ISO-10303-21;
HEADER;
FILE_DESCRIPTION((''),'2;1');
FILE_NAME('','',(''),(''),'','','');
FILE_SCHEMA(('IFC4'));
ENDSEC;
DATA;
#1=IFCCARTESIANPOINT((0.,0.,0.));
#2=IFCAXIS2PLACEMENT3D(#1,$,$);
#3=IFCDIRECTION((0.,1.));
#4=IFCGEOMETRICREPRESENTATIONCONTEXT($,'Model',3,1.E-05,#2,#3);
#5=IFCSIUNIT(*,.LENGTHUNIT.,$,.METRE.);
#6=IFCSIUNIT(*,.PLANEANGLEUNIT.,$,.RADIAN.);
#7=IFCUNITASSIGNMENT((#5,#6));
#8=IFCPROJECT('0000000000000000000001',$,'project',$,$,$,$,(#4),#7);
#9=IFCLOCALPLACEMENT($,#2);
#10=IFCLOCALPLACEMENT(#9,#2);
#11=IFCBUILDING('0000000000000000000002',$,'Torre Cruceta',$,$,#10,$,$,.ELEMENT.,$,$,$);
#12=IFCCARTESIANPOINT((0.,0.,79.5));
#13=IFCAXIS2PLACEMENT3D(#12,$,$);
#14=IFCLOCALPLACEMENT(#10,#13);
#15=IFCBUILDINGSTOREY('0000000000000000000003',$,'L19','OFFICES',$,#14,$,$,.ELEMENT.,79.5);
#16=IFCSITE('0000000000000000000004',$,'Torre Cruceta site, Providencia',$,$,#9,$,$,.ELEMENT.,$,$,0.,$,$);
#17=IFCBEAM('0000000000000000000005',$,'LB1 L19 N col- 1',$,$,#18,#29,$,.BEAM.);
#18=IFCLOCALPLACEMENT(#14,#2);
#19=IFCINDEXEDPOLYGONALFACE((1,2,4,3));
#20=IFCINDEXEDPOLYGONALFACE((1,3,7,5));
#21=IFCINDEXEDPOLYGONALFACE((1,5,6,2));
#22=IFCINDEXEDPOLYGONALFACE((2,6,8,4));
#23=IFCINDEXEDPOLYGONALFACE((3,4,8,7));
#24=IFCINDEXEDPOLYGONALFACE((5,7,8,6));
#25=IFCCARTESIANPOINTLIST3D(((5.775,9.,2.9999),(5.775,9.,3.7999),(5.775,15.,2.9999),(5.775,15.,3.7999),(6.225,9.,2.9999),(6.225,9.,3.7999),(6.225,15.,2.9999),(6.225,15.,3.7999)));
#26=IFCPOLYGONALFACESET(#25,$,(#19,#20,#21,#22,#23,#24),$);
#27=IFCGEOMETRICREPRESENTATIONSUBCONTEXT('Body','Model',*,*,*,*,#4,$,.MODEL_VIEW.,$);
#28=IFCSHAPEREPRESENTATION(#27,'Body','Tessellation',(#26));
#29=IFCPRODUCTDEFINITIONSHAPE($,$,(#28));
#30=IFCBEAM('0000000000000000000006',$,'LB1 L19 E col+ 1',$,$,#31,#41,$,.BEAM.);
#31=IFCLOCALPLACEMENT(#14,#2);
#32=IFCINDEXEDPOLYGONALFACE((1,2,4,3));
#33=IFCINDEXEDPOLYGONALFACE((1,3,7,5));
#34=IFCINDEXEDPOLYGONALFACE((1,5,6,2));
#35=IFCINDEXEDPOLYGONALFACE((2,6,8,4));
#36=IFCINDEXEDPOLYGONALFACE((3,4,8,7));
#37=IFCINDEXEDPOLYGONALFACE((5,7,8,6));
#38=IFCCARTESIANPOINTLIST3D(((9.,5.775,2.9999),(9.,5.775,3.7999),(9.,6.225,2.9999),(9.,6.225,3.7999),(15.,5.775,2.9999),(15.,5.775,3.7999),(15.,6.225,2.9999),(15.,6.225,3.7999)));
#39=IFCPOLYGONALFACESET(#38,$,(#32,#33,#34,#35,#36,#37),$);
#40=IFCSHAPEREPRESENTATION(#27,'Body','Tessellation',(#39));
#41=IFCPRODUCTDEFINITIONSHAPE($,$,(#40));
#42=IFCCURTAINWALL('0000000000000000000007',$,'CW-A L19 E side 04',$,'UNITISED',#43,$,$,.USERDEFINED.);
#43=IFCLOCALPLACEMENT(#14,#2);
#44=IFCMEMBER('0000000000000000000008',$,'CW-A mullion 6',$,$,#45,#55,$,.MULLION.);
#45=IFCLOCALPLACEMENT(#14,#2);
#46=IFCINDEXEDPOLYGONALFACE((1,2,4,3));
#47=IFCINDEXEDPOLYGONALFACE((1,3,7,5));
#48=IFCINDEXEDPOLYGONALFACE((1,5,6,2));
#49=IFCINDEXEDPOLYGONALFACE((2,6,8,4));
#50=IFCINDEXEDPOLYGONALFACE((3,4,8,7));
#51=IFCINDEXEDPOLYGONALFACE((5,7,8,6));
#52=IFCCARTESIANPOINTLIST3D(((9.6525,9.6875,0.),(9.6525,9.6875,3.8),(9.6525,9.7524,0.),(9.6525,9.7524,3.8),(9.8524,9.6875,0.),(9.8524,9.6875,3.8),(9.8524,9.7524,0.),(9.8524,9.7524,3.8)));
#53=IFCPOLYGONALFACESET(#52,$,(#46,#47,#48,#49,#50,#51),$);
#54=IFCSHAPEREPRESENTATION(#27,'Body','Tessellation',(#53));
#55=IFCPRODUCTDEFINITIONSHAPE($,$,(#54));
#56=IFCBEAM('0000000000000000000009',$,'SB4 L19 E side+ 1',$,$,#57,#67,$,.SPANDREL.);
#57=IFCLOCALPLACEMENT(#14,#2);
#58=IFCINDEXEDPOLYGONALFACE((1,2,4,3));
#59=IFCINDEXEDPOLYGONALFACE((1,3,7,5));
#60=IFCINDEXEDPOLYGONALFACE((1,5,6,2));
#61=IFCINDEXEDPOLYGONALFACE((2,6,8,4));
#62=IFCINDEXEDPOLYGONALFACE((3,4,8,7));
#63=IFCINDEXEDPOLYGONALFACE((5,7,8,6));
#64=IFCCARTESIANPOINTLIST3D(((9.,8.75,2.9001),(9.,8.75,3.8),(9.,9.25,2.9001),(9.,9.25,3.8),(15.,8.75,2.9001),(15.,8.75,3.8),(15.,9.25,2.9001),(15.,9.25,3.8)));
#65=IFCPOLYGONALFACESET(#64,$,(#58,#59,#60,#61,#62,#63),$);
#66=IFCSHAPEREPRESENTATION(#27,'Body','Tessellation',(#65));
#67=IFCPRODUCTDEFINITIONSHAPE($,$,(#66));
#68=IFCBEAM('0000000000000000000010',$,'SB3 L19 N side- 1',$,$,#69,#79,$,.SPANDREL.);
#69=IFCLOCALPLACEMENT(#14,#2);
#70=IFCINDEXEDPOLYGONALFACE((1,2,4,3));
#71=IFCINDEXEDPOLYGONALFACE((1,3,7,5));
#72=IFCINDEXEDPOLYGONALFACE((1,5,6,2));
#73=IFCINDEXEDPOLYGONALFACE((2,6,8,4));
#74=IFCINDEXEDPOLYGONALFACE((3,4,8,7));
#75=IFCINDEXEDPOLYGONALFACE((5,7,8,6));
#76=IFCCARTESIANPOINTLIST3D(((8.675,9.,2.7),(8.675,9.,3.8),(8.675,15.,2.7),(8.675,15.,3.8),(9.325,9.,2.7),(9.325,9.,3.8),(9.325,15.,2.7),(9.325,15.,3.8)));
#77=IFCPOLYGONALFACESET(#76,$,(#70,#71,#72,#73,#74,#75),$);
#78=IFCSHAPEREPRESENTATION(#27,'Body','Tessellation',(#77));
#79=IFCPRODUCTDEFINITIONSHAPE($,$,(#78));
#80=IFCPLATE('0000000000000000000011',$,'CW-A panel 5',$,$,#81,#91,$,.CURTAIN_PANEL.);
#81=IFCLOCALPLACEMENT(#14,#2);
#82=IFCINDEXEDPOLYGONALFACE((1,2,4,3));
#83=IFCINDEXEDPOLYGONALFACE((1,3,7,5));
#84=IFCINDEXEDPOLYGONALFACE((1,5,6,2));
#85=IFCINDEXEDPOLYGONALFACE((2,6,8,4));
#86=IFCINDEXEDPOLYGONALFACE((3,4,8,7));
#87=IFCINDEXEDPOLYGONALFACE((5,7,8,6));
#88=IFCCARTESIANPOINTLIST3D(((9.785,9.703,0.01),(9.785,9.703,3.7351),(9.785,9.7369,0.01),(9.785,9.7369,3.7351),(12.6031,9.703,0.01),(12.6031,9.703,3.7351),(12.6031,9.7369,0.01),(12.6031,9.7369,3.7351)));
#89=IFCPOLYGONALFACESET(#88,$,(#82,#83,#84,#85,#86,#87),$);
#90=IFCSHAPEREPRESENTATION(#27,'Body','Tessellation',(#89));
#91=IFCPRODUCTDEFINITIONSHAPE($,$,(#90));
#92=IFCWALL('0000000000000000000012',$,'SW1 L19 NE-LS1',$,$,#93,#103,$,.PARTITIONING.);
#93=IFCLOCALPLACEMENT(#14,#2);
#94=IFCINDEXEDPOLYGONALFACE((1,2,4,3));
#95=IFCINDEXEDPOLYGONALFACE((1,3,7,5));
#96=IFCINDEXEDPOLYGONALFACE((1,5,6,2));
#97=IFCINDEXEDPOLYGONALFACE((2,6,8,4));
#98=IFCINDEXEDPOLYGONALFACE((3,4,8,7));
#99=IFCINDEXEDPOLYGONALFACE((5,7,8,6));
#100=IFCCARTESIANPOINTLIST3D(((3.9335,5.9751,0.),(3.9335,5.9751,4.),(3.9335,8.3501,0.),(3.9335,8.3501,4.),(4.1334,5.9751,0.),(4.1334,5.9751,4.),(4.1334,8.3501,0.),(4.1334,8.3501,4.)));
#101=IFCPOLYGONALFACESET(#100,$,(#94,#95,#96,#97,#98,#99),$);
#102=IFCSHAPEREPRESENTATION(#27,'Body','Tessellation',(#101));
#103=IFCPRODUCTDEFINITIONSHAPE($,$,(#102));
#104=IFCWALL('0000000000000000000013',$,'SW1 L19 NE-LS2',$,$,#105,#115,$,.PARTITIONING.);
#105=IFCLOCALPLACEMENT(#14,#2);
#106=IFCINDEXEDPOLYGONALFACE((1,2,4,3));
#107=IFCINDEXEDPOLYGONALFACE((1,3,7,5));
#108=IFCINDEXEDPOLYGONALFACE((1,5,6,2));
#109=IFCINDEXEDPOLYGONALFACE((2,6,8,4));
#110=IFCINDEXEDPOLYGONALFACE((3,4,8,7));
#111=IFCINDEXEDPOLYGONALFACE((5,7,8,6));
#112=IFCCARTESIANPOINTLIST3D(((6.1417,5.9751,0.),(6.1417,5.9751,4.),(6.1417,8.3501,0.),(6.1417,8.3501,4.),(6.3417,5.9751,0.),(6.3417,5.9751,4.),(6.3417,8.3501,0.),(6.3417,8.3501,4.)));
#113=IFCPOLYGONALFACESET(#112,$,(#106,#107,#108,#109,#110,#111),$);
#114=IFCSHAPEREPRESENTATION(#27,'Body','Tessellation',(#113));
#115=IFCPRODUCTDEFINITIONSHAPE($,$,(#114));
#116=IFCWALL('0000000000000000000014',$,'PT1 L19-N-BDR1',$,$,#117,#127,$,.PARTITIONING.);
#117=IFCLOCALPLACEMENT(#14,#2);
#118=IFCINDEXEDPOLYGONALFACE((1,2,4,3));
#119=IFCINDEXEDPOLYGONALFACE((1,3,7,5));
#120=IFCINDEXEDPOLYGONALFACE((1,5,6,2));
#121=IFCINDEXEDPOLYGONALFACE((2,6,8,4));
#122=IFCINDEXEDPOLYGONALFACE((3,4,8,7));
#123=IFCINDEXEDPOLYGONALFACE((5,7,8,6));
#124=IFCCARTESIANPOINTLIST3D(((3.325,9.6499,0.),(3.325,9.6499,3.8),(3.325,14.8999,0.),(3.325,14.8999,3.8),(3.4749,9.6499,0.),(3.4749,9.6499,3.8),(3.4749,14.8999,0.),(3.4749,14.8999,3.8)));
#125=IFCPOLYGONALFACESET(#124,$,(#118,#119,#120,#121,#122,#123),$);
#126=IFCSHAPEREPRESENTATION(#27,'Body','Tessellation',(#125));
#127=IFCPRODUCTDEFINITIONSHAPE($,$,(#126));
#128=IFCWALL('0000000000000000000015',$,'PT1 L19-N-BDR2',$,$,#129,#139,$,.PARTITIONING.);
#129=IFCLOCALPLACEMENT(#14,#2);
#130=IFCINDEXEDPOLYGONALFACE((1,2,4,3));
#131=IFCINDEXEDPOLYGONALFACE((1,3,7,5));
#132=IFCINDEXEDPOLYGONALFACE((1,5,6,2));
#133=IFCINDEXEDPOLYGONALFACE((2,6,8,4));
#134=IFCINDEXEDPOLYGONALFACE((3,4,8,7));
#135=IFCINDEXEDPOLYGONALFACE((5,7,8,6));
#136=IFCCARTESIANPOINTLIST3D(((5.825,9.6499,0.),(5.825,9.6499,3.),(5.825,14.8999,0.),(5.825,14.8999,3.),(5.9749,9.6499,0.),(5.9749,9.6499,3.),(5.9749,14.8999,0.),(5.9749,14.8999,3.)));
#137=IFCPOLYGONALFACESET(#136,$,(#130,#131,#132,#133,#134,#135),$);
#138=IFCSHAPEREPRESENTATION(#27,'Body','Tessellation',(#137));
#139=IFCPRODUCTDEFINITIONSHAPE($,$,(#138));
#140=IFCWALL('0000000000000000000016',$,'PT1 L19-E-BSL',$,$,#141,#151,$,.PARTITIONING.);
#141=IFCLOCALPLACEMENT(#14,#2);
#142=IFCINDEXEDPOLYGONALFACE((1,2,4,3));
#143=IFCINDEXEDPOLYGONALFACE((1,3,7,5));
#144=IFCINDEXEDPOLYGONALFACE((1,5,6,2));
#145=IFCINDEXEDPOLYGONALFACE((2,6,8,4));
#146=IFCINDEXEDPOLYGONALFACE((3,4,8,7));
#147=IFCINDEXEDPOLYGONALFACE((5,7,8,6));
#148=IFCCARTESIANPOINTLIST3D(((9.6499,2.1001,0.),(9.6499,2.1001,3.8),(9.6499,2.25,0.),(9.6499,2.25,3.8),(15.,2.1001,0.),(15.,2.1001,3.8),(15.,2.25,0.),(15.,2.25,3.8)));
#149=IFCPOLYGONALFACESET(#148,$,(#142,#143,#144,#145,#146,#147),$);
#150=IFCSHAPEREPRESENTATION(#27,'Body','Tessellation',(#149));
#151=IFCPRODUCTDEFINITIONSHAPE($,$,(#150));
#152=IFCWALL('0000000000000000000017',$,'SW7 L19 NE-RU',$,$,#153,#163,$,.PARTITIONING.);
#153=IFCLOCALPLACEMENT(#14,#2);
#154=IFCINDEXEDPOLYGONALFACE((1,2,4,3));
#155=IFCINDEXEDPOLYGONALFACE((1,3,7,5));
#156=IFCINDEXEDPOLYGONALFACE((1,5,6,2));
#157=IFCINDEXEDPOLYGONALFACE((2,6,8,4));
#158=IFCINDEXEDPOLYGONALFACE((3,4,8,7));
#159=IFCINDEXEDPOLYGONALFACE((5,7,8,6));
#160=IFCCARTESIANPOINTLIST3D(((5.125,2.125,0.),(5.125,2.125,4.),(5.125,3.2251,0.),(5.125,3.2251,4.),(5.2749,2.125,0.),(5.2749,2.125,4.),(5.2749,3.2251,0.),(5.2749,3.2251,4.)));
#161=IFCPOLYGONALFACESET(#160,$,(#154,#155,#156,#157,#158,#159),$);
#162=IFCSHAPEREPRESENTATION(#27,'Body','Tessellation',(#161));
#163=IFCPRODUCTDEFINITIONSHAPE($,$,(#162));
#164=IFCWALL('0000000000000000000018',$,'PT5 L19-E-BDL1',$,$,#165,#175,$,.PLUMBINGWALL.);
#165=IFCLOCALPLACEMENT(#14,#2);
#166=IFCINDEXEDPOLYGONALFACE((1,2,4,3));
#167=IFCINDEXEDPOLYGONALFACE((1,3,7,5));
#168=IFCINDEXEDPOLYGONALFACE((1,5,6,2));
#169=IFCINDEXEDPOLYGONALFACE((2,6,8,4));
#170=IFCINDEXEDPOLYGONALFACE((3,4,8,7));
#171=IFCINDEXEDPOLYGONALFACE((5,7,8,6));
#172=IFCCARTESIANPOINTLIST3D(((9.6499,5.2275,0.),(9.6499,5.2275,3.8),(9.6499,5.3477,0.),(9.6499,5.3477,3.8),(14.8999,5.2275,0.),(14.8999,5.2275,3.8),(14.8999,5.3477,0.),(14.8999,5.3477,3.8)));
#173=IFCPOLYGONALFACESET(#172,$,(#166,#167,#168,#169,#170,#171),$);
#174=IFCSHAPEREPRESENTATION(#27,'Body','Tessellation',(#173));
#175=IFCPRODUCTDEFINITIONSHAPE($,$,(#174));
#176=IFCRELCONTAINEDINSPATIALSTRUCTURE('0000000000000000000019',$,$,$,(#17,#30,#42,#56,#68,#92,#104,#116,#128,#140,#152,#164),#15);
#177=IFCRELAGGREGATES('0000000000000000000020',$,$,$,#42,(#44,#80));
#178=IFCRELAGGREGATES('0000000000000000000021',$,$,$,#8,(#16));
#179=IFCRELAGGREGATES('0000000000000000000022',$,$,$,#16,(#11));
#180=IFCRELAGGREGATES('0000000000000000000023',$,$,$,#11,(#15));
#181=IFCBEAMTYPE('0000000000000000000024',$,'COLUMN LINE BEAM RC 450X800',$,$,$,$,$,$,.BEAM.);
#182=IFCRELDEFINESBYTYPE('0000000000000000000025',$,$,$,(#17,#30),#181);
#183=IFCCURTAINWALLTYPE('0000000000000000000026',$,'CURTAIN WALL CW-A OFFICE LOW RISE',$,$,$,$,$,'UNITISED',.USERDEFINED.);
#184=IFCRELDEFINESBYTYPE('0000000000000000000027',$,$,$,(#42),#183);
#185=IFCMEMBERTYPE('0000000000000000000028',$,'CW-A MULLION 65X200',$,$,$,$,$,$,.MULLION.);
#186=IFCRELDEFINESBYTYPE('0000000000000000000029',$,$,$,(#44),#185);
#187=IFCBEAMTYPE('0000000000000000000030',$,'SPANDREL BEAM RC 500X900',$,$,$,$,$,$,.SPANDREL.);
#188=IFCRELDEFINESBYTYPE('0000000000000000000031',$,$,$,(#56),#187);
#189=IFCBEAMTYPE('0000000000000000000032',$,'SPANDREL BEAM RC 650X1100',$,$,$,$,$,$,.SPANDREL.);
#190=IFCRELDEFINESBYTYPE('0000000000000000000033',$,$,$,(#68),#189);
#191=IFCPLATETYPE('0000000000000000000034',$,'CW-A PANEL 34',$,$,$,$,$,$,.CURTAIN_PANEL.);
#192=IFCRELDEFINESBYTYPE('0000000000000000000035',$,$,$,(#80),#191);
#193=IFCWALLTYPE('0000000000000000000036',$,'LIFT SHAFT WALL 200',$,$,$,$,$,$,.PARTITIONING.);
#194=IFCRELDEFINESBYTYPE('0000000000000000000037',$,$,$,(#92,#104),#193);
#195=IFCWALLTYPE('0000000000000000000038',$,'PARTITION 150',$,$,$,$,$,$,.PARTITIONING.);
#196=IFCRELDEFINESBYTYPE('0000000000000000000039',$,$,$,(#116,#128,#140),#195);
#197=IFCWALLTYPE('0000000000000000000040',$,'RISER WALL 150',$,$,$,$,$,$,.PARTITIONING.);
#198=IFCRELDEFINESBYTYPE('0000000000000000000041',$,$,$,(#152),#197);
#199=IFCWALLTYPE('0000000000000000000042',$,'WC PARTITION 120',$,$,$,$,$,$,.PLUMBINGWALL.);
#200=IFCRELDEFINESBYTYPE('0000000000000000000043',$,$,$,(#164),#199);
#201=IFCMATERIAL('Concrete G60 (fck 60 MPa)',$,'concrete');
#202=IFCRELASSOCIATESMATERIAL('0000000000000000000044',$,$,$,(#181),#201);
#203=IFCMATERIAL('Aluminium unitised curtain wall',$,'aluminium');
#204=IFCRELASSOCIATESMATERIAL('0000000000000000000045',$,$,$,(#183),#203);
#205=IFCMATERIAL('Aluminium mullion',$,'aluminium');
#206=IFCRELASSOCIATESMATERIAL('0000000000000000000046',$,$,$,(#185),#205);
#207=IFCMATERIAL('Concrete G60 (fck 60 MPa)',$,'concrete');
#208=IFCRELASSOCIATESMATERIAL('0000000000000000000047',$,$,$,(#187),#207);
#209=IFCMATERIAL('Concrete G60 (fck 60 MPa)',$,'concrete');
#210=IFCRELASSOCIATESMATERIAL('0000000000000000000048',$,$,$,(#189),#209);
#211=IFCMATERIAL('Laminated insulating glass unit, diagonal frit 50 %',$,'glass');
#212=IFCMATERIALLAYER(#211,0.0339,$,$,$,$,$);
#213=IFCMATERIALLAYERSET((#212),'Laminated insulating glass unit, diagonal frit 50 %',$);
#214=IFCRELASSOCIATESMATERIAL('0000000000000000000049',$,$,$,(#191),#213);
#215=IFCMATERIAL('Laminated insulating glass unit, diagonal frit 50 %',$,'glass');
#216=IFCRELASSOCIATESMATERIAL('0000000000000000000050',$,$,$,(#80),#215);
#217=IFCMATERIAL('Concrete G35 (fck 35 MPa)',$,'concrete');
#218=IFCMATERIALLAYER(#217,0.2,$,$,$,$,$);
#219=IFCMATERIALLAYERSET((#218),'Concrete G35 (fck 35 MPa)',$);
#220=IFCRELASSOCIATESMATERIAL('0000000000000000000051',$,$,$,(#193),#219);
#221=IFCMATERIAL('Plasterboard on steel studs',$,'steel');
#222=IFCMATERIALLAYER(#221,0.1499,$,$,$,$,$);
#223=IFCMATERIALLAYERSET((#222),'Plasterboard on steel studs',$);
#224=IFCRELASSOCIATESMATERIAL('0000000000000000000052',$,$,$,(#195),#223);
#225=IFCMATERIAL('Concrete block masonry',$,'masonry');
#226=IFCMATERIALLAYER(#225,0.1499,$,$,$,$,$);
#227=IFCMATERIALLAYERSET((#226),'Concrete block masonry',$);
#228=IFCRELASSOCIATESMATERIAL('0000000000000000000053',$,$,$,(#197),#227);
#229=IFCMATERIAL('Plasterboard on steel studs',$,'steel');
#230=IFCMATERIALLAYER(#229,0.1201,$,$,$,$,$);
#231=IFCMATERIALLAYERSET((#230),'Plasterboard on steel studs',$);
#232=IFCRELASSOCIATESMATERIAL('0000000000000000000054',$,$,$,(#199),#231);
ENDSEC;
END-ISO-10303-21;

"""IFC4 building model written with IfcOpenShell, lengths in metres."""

from ifc_helpers import new_model, si_unit, direction, frame, frame_2d, origin, origin_2d, place, context, subcontext, project, spatial, rectangle, extrude, material, layer, layer_set, material_profile, profile_set, type_object, element, aggregate, save


model = new_model("IFC4")

# Units and contexts
model_context = context("Model", 3, precision=1e-05, world=origin(), true_north=direction((0.0, 1.0)))
body_context = subcontext(model_context, "Body", "Model", "MODEL_VIEW")
ifc_project = project(units=[si_unit("LENGTHUNIT", "METRE"), si_unit("PLANEANGLEUNIT", "RADIAN")], contexts=[model_context])

# Site, building, storey
site_placement = place(None, origin())
site = spatial("IfcSite", under=ifc_project, at=site_placement, Name="Torre Cruceta site, Providencia", CompositionType="ELEMENT", RefElevation=0.0)
building_placement = place(site_placement, origin())
building = spatial("IfcBuilding", under=site, at=building_placement, Name="Torre Cruceta", CompositionType="ELEMENT")
storey_placement = place(building_placement, frame((0.0, 0.0, 79.5)))
storey = spatial("IfcBuildingStorey", under=building, at=storey_placement, Name="L19", Description="OFFICES", CompositionType="ELEMENT", Elevation=79.5)

# Beams
ifc_material_1 = material(Name="Concrete G60 (fck 60 MPa)", Category="concrete")
ifc_material_profile_1 = material_profile(ifc_material_1, rectangle(XDim=0.45, YDim=0.8, at=origin_2d()), Name="RC 450X800")
ifc_profile_set_1 = profile_set([ifc_material_profile_1], Name="Concrete G60 (fck 60 MPa)")
beam_type_1 = type_object("IfcBeamType", Name="COLUMN LINE BEAM RC 450X800", PredefinedType="BEAM", material=ifc_profile_set_1)
for number, where, z_axis, x_axis, name in (
    (1, (6.0, 9.0, 3.3999), (0.0, 1.0, 0.0), (-1.0, 0.0, 0.0), "LB1 L19 N col- 1"),
    (2, (9.0, 6.0, 3.3999), (1.0, 0.0, 0.0), (0.0, 1.0, 0.0), "LB1 L19 E col+ 1"),
):
    element("IfcBeam", number, at=place(storey_placement, frame(where, z_axis=z_axis, x_axis=x_axis)), inside=storey, type_object=beam_type_1, Name=name, PredefinedType="BEAM", context=body_context, shape_type="SweptSolid", body=[
        extrude(rectangle(XDim=0.45, YDim=0.8, at=origin_2d()), origin(), (0.0, 0.0, 1.0), 6.0),
    ])

# Curtain wall, member
ifc_material_2 = material(Name="Aluminium unitised curtain wall", Category="aluminium")
curtain_wall_type = type_object("IfcCurtainWallType", Name="CURTAIN WALL CW-A OFFICE LOW RISE", ElementType="UNITISED", PredefinedType="USERDEFINED", material=ifc_material_2)
curtain_wall_placement = place(storey_placement, origin())
curtain_wall = element("IfcCurtainWall", 3, at=curtain_wall_placement, inside=storey, type_object=curtain_wall_type, Name="CW-A L19 E side 04", ObjectType="UNITISED", PredefinedType="USERDEFINED")
ifc_material_3 = material(Name="Aluminium mullion", Category="aluminium")
ifc_material_profile_2 = material_profile(ifc_material_3, rectangle(XDim=0.0649, YDim=0.2, at=origin_2d()), Name="AL 65X200")
ifc_profile_set_2 = profile_set([ifc_material_profile_2], Name="Aluminium mullion")
member_type = type_object("IfcMemberType", Name="CW-A MULLION 65X200", PredefinedType="MULLION", material=ifc_profile_set_2)
member_placement = place(storey_placement, frame((9.7524, 9.72, 0.0), z_axis=(0.0, 0.0, 1.0), x_axis=(0.0, -1.0, 0.0)))
member = element("IfcMember", 4, at=member_placement, type_object=member_type, Name="CW-A mullion 6", PredefinedType="MULLION", context=body_context, shape_type="SweptSolid", body=[
    extrude(rectangle(XDim=0.0649, YDim=0.2, at=origin_2d()), origin(), (0.0, 0.0, 1.0), 3.8),
])

# Beams
ifc_material_4 = material(Name="Concrete G60 (fck 60 MPa)", Category="concrete")
ifc_material_profile_3 = material_profile(ifc_material_4, rectangle(XDim=0.5, YDim=0.8999, at=origin_2d()), Name="RC 500X900")
ifc_profile_set_3 = profile_set([ifc_material_profile_3], Name="Concrete G60 (fck 60 MPa)")
beam_type_2 = type_object("IfcBeamType", Name="SPANDREL BEAM RC 500X900", PredefinedType="SPANDREL", material=ifc_profile_set_3)
beam_1_placement = place(storey_placement, frame((9.0, 9.0, 3.3501), z_axis=(1.0, 0.0, 0.0), x_axis=(0.0, 1.0, 0.0)))
element("IfcBeam", 5, at=beam_1_placement, inside=storey, type_object=beam_type_2, Name="SB4 L19 E side+ 1", PredefinedType="SPANDREL", context=body_context, shape_type="SweptSolid", body=[
    extrude(rectangle(XDim=0.5, YDim=0.8999, at=origin_2d()), origin(), (0.0, 0.0, 1.0), 6.0),
])
ifc_material_5 = material(Name="Concrete G60 (fck 60 MPa)", Category="concrete")
ifc_material_profile_4 = material_profile(ifc_material_5, rectangle(XDim=0.6499, YDim=1.1001, at=origin_2d()), Name="RC 650X1100")
ifc_profile_set_4 = profile_set([ifc_material_profile_4], Name="Concrete G60 (fck 60 MPa)")
beam_type_3 = type_object("IfcBeamType", Name="SPANDREL BEAM RC 650X1100", PredefinedType="SPANDREL", material=ifc_profile_set_4)
beam_2_placement = place(storey_placement, frame((9.0, 9.0, 3.25), z_axis=(0.0, 1.0, 0.0), x_axis=(-1.0, 0.0, 0.0)))
element("IfcBeam", 6, at=beam_2_placement, inside=storey, type_object=beam_type_3, Name="SB3 L19 N side- 1", PredefinedType="SPANDREL", context=body_context, shape_type="SweptSolid", body=[
    extrude(rectangle(XDim=0.6499, YDim=1.1001, at=origin_2d()), origin(), (0.0, 0.0, 1.0), 6.0),
])

# Plate
ifc_material_6 = material(Name="Laminated insulating glass unit, diagonal frit 50 %", Category="glass")
ifc_material_7 = material(Name="Laminated insulating glass unit, diagonal frit 50 %", Category="glass")
ifc_layer_1 = layer(ifc_material_7, 0.0339)
ifc_layer_set_1 = layer_set([ifc_layer_1], Name="Laminated insulating glass unit, diagonal frit 50 %")
plate_type = type_object("IfcPlateType", Name="CW-A PANEL 34", PredefinedType="CURTAIN_PANEL", material=ifc_layer_set_1)
plate_placement = place(storey_placement, frame((11.1941, 9.72, 0.01), z_axis=(0.0, 0.0, 1.0), x_axis=(-1.0, 0.0, 0.0)))
plate = element("IfcPlate", 7, at=plate_placement, type_object=plate_type, material=ifc_material_6, Name="CW-A panel 5", PredefinedType="CURTAIN_PANEL", context=body_context, shape_type="SweptSolid", body=[
    extrude(rectangle(XDim=2.8181, YDim=0.0339, at=origin_2d()), origin(), (0.0, 0.0, 1.0), 3.7251),
])
aggregate(curtain_wall, [member, plate])

# Walls
ifc_material_8 = material(Name="Concrete G35 (fck 35 MPa)", Category="concrete")
ifc_layer_2 = layer(ifc_material_8, 0.2)
ifc_layer_set_2 = layer_set([ifc_layer_2], Name="Concrete G35 (fck 35 MPa)")
wall_type_1 = type_object("IfcWallType", Name="LIFT SHAFT WALL 200", PredefinedType="PARTITIONING", material=ifc_layer_set_2)
for number, where, z_axis, x_axis, name in (
    (8, (4.0334, 5.9751, 0.0), (0.0, 0.0, 1.0), (0.0, 1.0, 0.0), "SW1 L19 NE-LS1"),
    (9, (6.2417, 5.9751, 0.0), (0.0, 0.0, 1.0), (0.0, 1.0, 0.0), "SW1 L19 NE-LS2"),
):
    element("IfcWall", number, at=place(storey_placement, frame(where, z_axis=z_axis, x_axis=x_axis)), inside=storey, type_object=wall_type_1, Name=name, PredefinedType="PARTITIONING", context=body_context, shape_type="SweptSolid", body=[
        extrude(rectangle(XDim=2.375, YDim=0.2, at=frame_2d((1.1875, 0.0))), origin(), (0.0, 0.0, 1.0), 4.0),
    ])
ifc_material_9 = material(Name="Plasterboard on steel studs", Category="steel")
ifc_layer_3 = layer(ifc_material_9, 0.1499)
ifc_layer_set_3 = layer_set([ifc_layer_3], Name="Plasterboard on steel studs")
wall_type_2 = type_object("IfcWallType", Name="PARTITION 150", PredefinedType="PARTITIONING", material=ifc_layer_set_3)
wall_1_placement = place(storey_placement, frame((3.3999, 9.6499, 0.0), z_axis=(0.0, 0.0, 1.0), x_axis=(0.0, 1.0, 0.0)))
element("IfcWall", 10, at=wall_1_placement, inside=storey, type_object=wall_type_2, Name="PT1 L19-N-BDR1", PredefinedType="PARTITIONING", context=body_context, shape_type="SweptSolid", body=[
    extrude(rectangle(XDim=5.25, YDim=0.1499, at=frame_2d((2.625, 0.0))), origin(), (0.0, 0.0, 1.0), 3.8),
])
wall_2_placement = place(storey_placement, frame((5.8999, 9.6499, 0.0), z_axis=(0.0, 0.0, 1.0), x_axis=(0.0, 1.0, 0.0)))
element("IfcWall", 11, at=wall_2_placement, inside=storey, type_object=wall_type_2, Name="PT1 L19-N-BDR2", PredefinedType="PARTITIONING", context=body_context, shape_type="SweptSolid", body=[
    extrude(rectangle(XDim=5.25, YDim=0.1499, at=frame_2d((2.625, 0.0))), origin(), (0.0, 0.0, 1.0), 3.0),
])
wall_3_placement = place(storey_placement, frame((9.6499, 2.175, 0.0), z_axis=(0.0, 0.0, 1.0), x_axis=(1.0, 0.0, 0.0)))
element("IfcWall", 12, at=wall_3_placement, inside=storey, type_object=wall_type_2, Name="PT1 L19-E-BSL", PredefinedType="PARTITIONING", context=body_context, shape_type="SweptSolid", body=[
    extrude(rectangle(XDim=5.3501, YDim=0.1499, at=frame_2d((2.675, 0.0))), origin(), (0.0, 0.0, 1.0), 3.8),
])
ifc_material_10 = material(Name="Concrete block masonry", Category="masonry")
ifc_layer_4 = layer(ifc_material_10, 0.1499)
ifc_layer_set_4 = layer_set([ifc_layer_4], Name="Concrete block masonry")
wall_type_3 = type_object("IfcWallType", Name="RISER WALL 150", PredefinedType="PARTITIONING", material=ifc_layer_set_4)
wall_4_placement = place(storey_placement, frame((5.2, 2.125, 0.0), z_axis=(0.0, 0.0, 1.0), x_axis=(0.0, 1.0, 0.0)))
element("IfcWall", 13, at=wall_4_placement, inside=storey, type_object=wall_type_3, Name="SW7 L19 NE-RU", PredefinedType="PARTITIONING", context=body_context, shape_type="SweptSolid", body=[
    extrude(rectangle(XDim=1.1001, YDim=0.1499, at=frame_2d((0.55, 0.0))), origin(), (0.0, 0.0, 1.0), 4.0),
])
ifc_material_11 = material(Name="Plasterboard on steel studs", Category="steel")
ifc_layer_5 = layer(ifc_material_11, 0.1201)
ifc_layer_set_5 = layer_set([ifc_layer_5], Name="Plasterboard on steel studs")
wall_type_4 = type_object("IfcWallType", Name="WC PARTITION 120", PredefinedType="PLUMBINGWALL", material=ifc_layer_set_5)
wall_5_placement = place(storey_placement, frame((9.6499, 5.2876, 0.0), z_axis=(0.0, 0.0, 1.0), x_axis=(1.0, 0.0, 0.0)))
element("IfcWall", 14, at=wall_5_placement, inside=storey, type_object=wall_type_4, Name="PT5 L19-E-BDL1", PredefinedType="PLUMBINGWALL", context=body_context, shape_type="SweptSolid", body=[
    extrude(rectangle(XDim=5.25, YDim=0.1201, at=frame_2d((2.625, 0.0))), origin(), (0.0, 0.0, 1.0), 3.8),
])

save(model, "model.ifc")
